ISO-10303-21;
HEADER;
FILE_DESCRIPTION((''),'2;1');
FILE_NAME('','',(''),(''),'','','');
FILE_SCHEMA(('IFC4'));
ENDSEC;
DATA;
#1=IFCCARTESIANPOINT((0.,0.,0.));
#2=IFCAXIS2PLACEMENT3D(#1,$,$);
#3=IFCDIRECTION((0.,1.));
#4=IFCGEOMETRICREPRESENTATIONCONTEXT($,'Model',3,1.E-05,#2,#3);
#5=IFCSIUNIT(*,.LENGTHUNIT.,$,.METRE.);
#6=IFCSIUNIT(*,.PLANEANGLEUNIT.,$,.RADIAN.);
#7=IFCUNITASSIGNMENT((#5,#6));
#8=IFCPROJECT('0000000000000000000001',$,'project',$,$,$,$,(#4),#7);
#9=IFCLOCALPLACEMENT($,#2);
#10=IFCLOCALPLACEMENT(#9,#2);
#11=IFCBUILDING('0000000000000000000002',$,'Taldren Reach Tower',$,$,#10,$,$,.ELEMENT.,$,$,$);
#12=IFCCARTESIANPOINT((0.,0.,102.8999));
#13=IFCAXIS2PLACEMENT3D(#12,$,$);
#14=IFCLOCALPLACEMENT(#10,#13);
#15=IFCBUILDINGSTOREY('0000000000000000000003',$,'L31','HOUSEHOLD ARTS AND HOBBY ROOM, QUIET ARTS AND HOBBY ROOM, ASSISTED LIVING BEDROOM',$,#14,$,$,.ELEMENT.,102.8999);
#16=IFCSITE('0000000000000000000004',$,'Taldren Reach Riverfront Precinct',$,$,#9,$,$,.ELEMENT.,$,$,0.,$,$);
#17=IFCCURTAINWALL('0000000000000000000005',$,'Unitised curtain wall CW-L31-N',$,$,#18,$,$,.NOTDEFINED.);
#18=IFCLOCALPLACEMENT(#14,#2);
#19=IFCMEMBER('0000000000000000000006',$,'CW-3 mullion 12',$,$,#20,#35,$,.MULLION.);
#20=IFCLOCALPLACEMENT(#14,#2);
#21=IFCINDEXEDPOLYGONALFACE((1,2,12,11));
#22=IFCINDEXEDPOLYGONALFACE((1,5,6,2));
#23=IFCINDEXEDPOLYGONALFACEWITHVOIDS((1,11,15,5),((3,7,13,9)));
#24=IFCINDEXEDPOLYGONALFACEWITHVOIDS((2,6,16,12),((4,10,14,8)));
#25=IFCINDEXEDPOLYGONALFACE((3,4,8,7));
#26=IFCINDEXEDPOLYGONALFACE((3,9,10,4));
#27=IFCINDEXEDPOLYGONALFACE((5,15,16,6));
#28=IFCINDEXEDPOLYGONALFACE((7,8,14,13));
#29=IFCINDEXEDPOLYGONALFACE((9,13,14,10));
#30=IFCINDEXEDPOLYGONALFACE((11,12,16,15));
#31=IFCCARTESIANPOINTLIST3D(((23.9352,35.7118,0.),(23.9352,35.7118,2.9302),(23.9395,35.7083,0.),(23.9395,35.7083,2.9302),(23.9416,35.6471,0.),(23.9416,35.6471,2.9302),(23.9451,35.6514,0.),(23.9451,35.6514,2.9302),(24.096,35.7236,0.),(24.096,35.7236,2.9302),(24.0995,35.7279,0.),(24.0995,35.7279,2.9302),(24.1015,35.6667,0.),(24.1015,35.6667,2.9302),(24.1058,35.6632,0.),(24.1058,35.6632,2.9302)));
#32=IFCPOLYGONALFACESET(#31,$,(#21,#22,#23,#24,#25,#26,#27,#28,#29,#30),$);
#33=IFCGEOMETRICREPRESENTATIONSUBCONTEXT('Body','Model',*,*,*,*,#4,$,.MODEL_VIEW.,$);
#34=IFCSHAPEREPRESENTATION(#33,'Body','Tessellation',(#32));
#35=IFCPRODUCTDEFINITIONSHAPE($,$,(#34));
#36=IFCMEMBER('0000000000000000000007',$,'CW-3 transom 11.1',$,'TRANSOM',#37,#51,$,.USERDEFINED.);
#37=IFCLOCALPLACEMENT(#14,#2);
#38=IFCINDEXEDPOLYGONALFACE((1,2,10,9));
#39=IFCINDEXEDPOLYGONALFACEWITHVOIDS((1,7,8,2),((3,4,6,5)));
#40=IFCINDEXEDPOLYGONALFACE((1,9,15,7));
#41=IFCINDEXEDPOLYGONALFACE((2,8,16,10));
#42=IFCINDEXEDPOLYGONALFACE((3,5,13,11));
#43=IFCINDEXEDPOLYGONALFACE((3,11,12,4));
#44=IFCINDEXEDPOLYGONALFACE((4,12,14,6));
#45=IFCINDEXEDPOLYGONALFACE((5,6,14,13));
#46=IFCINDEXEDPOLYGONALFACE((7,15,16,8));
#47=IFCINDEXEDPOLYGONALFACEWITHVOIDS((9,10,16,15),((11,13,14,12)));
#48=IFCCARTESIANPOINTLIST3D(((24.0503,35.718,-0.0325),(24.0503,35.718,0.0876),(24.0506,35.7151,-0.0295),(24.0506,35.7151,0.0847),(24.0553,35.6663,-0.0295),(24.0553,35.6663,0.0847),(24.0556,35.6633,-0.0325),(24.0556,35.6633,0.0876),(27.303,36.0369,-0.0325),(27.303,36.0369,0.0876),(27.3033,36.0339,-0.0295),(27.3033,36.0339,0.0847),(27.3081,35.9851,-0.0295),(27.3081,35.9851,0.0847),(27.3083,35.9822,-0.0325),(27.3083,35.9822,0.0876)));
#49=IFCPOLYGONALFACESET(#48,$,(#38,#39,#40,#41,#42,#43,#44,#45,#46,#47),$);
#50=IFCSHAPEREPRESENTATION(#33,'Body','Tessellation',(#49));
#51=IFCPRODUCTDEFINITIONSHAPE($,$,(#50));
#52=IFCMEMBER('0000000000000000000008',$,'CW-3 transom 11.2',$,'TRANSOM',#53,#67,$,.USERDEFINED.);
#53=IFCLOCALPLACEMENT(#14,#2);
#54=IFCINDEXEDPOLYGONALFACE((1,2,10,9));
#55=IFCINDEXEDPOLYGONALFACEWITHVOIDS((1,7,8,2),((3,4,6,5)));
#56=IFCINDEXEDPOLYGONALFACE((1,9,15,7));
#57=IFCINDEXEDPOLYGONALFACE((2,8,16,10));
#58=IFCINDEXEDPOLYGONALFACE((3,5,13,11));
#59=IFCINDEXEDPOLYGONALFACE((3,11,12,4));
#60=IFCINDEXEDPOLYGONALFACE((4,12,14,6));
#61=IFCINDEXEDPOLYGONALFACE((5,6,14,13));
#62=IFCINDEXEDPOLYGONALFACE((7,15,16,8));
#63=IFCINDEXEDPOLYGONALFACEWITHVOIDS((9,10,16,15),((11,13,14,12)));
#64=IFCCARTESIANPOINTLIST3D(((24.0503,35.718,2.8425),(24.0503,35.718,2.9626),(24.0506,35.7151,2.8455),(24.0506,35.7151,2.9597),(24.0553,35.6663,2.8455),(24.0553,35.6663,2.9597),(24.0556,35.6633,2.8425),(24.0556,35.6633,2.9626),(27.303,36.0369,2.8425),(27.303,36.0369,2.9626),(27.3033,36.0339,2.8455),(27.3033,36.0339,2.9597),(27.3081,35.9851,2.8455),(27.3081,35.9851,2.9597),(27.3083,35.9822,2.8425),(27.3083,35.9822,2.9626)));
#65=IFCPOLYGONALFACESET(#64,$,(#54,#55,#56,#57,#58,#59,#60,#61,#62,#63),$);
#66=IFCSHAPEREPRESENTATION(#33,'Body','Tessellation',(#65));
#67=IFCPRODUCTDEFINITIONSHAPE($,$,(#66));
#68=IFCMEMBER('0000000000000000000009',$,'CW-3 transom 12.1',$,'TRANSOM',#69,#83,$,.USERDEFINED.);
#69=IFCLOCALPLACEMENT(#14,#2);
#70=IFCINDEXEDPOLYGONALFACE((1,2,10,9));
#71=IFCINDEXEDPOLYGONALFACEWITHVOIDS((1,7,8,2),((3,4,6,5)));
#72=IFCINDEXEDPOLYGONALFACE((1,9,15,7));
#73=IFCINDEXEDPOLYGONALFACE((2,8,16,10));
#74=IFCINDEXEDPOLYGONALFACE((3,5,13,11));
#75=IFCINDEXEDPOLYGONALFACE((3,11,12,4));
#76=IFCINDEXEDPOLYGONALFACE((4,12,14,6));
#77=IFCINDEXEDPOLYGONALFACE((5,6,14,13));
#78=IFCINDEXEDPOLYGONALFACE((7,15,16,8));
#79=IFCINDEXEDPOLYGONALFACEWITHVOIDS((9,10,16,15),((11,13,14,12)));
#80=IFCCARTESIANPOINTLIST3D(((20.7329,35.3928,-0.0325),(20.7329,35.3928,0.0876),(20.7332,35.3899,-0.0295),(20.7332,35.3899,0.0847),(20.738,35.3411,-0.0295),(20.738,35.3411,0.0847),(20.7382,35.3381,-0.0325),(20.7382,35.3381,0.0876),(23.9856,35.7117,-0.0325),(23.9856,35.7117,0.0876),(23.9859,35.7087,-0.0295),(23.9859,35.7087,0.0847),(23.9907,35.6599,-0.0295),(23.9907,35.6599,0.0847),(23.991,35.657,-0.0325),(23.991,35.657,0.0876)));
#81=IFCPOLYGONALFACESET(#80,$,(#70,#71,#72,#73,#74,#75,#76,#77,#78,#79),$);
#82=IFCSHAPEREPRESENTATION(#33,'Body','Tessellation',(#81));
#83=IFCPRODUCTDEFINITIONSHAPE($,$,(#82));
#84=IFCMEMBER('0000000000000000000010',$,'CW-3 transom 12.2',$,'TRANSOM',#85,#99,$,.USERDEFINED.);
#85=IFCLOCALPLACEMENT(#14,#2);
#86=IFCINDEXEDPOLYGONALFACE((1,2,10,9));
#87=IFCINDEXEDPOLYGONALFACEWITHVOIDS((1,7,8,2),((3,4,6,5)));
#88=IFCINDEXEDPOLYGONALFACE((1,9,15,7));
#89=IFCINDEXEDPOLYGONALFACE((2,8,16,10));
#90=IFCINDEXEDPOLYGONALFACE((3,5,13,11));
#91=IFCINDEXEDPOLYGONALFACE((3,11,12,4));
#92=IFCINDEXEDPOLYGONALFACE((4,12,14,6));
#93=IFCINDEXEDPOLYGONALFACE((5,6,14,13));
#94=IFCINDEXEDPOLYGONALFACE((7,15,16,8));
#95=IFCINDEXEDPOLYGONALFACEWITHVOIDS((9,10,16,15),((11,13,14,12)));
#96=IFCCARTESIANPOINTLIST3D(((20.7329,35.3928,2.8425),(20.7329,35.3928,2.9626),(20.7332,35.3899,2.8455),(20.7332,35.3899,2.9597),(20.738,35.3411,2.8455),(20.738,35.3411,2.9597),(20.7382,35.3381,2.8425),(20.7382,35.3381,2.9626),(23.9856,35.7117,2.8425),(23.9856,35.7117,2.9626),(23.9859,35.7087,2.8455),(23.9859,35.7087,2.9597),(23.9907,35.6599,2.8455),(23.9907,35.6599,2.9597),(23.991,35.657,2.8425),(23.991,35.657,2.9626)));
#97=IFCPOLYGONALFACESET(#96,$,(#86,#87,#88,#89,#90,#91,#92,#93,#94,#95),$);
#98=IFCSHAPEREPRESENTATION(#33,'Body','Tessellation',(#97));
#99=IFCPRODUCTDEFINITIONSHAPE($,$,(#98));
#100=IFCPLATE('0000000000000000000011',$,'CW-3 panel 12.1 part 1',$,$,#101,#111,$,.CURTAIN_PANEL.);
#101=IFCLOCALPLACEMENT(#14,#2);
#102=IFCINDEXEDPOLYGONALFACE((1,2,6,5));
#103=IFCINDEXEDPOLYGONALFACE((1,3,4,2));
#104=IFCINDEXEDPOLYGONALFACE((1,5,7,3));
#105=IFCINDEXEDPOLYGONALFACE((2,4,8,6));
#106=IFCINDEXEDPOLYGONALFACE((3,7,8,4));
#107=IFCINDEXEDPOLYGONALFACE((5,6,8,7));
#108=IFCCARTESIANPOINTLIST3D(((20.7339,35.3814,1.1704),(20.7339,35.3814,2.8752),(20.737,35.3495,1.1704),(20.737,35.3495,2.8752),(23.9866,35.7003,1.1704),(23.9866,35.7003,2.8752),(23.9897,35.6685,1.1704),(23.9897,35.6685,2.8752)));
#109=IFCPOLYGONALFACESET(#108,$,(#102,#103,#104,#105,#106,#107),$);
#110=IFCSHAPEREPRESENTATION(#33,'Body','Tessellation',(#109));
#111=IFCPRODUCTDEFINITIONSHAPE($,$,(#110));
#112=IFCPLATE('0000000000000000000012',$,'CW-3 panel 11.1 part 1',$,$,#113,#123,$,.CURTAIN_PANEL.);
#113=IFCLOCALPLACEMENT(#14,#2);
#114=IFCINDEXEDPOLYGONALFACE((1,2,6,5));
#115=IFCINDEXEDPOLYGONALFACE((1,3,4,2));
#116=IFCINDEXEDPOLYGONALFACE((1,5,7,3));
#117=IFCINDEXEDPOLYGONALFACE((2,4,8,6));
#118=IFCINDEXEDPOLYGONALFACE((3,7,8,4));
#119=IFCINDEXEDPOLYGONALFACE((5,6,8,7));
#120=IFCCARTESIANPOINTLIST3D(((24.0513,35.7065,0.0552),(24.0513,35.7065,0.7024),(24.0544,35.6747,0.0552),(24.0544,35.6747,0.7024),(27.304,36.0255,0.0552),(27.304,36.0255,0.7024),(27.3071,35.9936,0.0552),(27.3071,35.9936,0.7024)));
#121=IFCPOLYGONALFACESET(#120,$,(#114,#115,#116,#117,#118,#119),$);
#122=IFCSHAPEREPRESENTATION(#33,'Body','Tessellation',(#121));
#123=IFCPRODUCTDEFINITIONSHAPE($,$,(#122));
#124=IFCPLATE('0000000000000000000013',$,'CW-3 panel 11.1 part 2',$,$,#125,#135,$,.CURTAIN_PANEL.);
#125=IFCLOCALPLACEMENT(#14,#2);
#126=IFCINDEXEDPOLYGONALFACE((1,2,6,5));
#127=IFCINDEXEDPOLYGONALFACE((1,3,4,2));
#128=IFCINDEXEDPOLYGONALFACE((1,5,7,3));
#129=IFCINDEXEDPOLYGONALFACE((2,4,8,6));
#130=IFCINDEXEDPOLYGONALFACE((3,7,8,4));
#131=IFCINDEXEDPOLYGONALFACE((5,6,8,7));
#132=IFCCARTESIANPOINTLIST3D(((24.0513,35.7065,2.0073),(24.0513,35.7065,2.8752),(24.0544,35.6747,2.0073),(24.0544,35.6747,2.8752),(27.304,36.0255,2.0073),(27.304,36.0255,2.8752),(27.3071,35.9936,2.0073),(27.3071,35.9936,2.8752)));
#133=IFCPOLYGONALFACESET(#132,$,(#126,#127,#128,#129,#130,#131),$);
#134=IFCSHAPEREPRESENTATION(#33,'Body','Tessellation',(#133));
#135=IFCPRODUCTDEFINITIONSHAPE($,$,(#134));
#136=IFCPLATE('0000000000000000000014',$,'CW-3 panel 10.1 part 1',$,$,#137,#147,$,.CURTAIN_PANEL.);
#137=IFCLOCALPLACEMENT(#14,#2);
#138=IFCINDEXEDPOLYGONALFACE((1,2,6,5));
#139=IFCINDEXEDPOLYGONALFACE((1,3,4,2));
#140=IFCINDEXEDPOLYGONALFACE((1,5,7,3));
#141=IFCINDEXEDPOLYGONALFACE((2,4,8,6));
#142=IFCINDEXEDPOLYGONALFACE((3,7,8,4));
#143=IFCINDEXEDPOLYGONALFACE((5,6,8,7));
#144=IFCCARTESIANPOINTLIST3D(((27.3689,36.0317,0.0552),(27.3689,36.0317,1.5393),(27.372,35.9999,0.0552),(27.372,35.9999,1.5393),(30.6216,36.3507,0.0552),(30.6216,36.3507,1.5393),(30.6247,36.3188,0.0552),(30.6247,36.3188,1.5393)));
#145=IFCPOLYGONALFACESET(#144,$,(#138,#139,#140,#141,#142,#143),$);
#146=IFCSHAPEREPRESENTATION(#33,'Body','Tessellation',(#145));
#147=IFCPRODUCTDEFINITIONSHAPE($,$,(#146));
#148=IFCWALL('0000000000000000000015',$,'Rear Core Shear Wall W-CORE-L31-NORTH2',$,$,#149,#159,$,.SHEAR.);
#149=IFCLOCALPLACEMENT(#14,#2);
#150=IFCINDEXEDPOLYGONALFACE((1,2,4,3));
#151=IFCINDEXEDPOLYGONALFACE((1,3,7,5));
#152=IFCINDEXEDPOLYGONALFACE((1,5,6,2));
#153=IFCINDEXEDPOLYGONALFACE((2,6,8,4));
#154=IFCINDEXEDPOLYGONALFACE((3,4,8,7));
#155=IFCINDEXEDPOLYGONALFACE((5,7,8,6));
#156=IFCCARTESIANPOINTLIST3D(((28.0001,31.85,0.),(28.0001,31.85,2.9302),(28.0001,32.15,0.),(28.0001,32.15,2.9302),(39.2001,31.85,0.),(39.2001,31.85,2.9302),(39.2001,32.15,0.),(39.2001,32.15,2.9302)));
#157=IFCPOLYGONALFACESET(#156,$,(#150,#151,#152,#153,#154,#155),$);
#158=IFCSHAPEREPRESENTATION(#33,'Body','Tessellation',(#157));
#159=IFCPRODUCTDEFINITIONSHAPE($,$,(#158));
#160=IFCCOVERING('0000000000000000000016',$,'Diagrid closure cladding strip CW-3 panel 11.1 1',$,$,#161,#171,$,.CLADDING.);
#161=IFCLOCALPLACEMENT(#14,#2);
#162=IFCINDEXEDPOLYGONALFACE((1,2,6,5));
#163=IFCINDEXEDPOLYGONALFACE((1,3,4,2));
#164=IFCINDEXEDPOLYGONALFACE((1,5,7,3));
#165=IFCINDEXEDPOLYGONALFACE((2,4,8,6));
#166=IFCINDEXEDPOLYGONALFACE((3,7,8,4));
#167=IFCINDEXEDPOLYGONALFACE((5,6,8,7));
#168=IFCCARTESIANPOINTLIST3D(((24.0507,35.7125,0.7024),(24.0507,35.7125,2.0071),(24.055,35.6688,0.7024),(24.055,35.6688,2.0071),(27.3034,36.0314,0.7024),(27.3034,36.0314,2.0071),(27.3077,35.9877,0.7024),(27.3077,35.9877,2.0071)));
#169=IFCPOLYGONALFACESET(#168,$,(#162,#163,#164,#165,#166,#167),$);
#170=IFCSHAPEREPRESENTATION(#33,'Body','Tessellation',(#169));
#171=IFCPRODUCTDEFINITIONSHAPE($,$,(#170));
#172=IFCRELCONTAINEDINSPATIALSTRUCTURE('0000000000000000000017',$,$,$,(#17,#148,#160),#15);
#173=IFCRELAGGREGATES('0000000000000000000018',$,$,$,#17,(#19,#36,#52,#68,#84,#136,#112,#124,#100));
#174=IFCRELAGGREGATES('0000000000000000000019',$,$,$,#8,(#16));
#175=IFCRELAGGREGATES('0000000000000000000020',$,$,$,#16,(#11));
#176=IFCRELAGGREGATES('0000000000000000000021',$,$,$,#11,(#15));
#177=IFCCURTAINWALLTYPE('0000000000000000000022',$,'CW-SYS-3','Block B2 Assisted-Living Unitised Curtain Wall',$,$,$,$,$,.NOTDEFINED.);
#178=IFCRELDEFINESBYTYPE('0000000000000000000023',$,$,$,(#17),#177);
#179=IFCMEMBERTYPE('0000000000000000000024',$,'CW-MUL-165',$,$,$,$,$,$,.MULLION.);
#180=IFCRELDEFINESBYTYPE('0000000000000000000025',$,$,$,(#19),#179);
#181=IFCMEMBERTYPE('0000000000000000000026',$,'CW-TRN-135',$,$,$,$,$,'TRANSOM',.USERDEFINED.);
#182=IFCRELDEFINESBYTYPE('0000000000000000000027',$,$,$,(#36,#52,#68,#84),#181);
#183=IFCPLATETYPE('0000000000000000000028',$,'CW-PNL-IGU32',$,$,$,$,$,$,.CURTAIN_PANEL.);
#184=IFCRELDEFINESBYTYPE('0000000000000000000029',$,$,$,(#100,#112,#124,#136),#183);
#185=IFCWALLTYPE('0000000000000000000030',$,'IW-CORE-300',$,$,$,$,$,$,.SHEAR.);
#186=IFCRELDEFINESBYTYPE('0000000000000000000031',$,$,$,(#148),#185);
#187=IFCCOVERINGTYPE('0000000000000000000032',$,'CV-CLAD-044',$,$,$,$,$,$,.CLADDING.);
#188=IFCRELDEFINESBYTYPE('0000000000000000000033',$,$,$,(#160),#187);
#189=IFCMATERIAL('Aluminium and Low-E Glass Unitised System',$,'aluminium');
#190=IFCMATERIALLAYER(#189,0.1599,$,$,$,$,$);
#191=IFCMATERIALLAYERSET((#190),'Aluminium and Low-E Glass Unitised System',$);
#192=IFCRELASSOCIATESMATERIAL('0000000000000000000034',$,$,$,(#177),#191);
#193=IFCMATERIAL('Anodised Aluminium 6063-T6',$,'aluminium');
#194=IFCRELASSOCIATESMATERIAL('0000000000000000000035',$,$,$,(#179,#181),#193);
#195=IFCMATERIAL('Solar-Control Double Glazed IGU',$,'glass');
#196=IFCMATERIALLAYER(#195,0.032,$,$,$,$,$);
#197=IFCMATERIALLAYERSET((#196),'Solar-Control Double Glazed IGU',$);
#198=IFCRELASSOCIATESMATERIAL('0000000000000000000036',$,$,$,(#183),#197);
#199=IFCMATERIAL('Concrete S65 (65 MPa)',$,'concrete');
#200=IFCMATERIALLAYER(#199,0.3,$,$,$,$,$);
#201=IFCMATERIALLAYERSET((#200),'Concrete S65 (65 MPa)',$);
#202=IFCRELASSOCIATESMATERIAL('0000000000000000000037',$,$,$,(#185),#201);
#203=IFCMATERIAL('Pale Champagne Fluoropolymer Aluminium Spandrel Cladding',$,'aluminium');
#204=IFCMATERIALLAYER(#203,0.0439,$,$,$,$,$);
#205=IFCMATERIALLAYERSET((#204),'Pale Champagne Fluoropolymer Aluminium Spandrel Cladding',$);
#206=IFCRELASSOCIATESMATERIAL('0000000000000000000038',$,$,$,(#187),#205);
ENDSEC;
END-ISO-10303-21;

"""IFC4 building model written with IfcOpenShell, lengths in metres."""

from ifc_helpers import new_model, si_unit, direction, frame, frame_2d, origin, origin_2d, place, context, subcontext, project, spatial, rectangle, hollow_rectangle, extrude, source, transform, mapped, material, layer, layer_set, material_profile, profile_set, type_object, element, aggregate, save


model = new_model("IFC4")

# Units and contexts
model_context = context("Model", 3, precision=1e-05, world=origin(), true_north=direction((0.0, 1.0)))
body_context = subcontext(model_context, "Body", "Model", "MODEL_VIEW")
ifc_project = project(units=[si_unit("LENGTHUNIT", "METRE"), si_unit("PLANEANGLEUNIT", "RADIAN")], contexts=[model_context])

# Site, building, storey
site_placement = place(None, origin())
site = spatial("IfcSite", under=ifc_project, at=site_placement, Name="Taldren Reach Riverfront Precinct", CompositionType="ELEMENT", RefElevation=0.0)
building_placement = place(site_placement, origin())
building = spatial("IfcBuilding", under=site, at=building_placement, Name="Taldren Reach Tower", CompositionType="ELEMENT")
storey_placement = place(building_placement, frame((0.0, 0.0, 102.8999)))
storey = spatial("IfcBuildingStorey", under=building, at=storey_placement, Name="L31", Description="HOUSEHOLD ARTS AND HOBBY ROOM, QUIET ARTS AND HOBBY ROOM, ASSISTED LIVING BEDROOM", CompositionType="ELEMENT", Elevation=102.8999)

# Curtain wall, members, plates
ifc_material_1 = material(Name="Aluminium and Low-E Glass Unitised System", Category="aluminium")
ifc_layer_1 = layer(ifc_material_1, 0.1599)
ifc_layer_set_1 = layer_set([ifc_layer_1], Name="Aluminium and Low-E Glass Unitised System")
curtain_wall_type = type_object("IfcCurtainWallType", Name="CW-SYS-3", Description="Block B2 Assisted-Living Unitised Curtain Wall", PredefinedType="NOTDEFINED", material=ifc_layer_set_1)
curtain_wall_placement = place(storey_placement, origin())
curtain_wall = element("IfcCurtainWall", 1, at=curtain_wall_placement, inside=storey, type_object=curtain_wall_type, Name="Unitised curtain wall CW-L31-N", PredefinedType="NOTDEFINED")
ifc_material_2 = material(Name="Anodised Aluminium 6063-T6", Category="aluminium")
ifc_material_profile_1 = material_profile(ifc_material_2, hollow_rectangle(XDim=0.0649, YDim=0.165, WallThickness=0.0039, at=origin_2d()), Name="ALU-165x65x4RHS")
ifc_profile_set_1 = profile_set([ifc_material_profile_1], Name="Anodised Aluminium 6063-T6")
member_type_1 = type_object("IfcMemberType", Name="CW-MUL-165", PredefinedType="MULLION", material=ifc_profile_set_1)
shared_shape_1 = source(origin(), body_context, "Body", "SweptSolid", [
    extrude(hollow_rectangle(XDim=0.0649, YDim=0.165, WallThickness=0.0039, at=origin_2d()), origin(), (0.0, 0.0, 1.0), 2.9302),
])
member_1_placement = place(storey_placement, frame((24.0205, 35.6875, 0.0), z_axis=(0.0, 0.0, 1.0), x_axis=(0.097583, -0.995227, 0.0)))
member_1 = element("IfcMember", 2, at=member_1_placement, type_object=member_type_1, Name="CW-3 mullion 12", PredefinedType="MULLION", context=body_context, shape_type="MappedRepresentation", body=[
    mapped(shared_shape_1, transform((0.0, 0.0, 0.0), scale=1.0)),
])
ifc_material_profile_2 = material_profile(ifc_material_2, hollow_rectangle(XDim=0.0549, YDim=0.1201, WallThickness=0.0029, at=origin_2d()), Name="ALU-120x55x3RHS")
ifc_profile_set_2 = profile_set([ifc_material_profile_2], Name="Anodised Aluminium 6063-T6")
member_type_2 = type_object("IfcMemberType", Name="CW-TRN-135", ElementType="TRANSOM", PredefinedType="USERDEFINED", material=ifc_profile_set_2)
shared_shape_2 = source(origin(), body_context, "Body", "SweptSolid", [
    extrude(hollow_rectangle(XDim=0.0549, YDim=0.1201, WallThickness=0.0029, at=origin_2d()), origin(), (0.0, 0.0, 1.0), 3.2683),
])
member_2_placement = place(storey_placement, frame((27.3057, 36.0095, 0.0276), z_axis=(-0.99523, -0.097558, 0.0), x_axis=(0.097558, -0.99523, 0.0)))
member_2 = element("IfcMember", 3, at=member_2_placement, type_object=member_type_2, Name="CW-3 transom 11.1", ObjectType="TRANSOM", PredefinedType="USERDEFINED", context=body_context, shape_type="MappedRepresentation", body=[
    mapped(shared_shape_2, transform((0.0, 0.0, 0.0), scale=1.0)),
])
member_3_placement = place(storey_placement, frame((27.3057, 36.0095, 2.9026), z_axis=(-0.99523, -0.097558, 0.0), x_axis=(0.097558, -0.99523, 0.0)))
member_3 = element("IfcMember", 4, at=member_3_placement, type_object=member_type_2, Name="CW-3 transom 11.2", ObjectType="TRANSOM", PredefinedType="USERDEFINED", context=body_context, shape_type="MappedRepresentation", body=[
    mapped(shared_shape_2, transform((0.0, 0.0, 0.0), scale=1.0)),
])
member_4_placement = place(storey_placement, frame((23.9883, 35.6843, 0.0276), z_axis=(-0.99523, -0.097558, 0.0), x_axis=(0.097558, -0.99523, 0.0)))
member_4 = element("IfcMember", 5, at=member_4_placement, type_object=member_type_2, Name="CW-3 transom 12.1", ObjectType="TRANSOM", PredefinedType="USERDEFINED", context=body_context, shape_type="MappedRepresentation", body=[
    mapped(shared_shape_2, transform((0.0, 0.0, 0.0), scale=1.0)),
])
member_5_placement = place(storey_placement, frame((23.9883, 35.6843, 2.9026), z_axis=(-0.99523, -0.097558, 0.0), x_axis=(0.097558, -0.99523, 0.0)))
member_5 = element("IfcMember", 6, at=member_5_placement, type_object=member_type_2, Name="CW-3 transom 12.2", ObjectType="TRANSOM", PredefinedType="USERDEFINED", context=body_context, shape_type="MappedRepresentation", body=[
    mapped(shared_shape_2, transform((0.0, 0.0, 0.0), scale=1.0)),
])
ifc_material_3 = material(Name="Solar-Control Double Glazed IGU", Category="glass")
ifc_layer_2 = layer(ifc_material_3, 0.032)
ifc_layer_set_2 = layer_set([ifc_layer_2], Name="Solar-Control Double Glazed IGU")
plate_type = type_object("IfcPlateType", Name="CW-PNL-IGU32", PredefinedType="CURTAIN_PANEL", material=ifc_layer_set_2)
shared_shape_3 = source(origin(), body_context, "Body", "SweptSolid", [
    extrude(rectangle(XDim=3.2683, YDim=0.032, at=origin_2d()), origin(), (0.0, 0.0, 1.0), 1.7048),
])
plate_1_placement = place(storey_placement, frame((22.3618, 35.5249, 1.1704), z_axis=(0.0, 0.0, 1.0), x_axis=(-0.995227, -0.097583, 0.0)))
plate_1 = element("IfcPlate", 7, at=plate_1_placement, type_object=plate_type, Name="CW-3 panel 12.1 part 1", PredefinedType="CURTAIN_PANEL", context=body_context, shape_type="MappedRepresentation", body=[
    mapped(shared_shape_3, transform((0.0, 0.0, 0.0), scale=1.0)),
])
shared_shape_4 = source(origin(), body_context, "Body", "SweptSolid", [
    extrude(rectangle(XDim=3.2683, YDim=0.032, at=origin_2d()), origin(), (0.0, 0.0, 1.0), 0.6472),
])
plate_2_placement = place(storey_placement, frame((25.6792, 35.8501, 0.0552), z_axis=(0.0, 0.0, 1.0), x_axis=(-0.995227, -0.097583, 0.0)))
plate_2 = element("IfcPlate", 8, at=plate_2_placement, type_object=plate_type, Name="CW-3 panel 11.1 part 1", PredefinedType="CURTAIN_PANEL", context=body_context, shape_type="MappedRepresentation", body=[
    mapped(shared_shape_4, transform((0.0, 0.0, 0.0), scale=1.0)),
])
shared_shape_5 = source(origin(), body_context, "Body", "SweptSolid", [
    extrude(rectangle(XDim=3.2683, YDim=0.032, at=origin_2d()), origin(), (0.0, 0.0, 1.0), 0.8679),
])
plate_3_placement = place(storey_placement, frame((25.6792, 35.8501, 2.0073), z_axis=(0.0, 0.0, 1.0), x_axis=(-0.995227, -0.097583, 0.0)))
plate_3 = element("IfcPlate", 9, at=plate_3_placement, type_object=plate_type, Name="CW-3 panel 11.1 part 2", PredefinedType="CURTAIN_PANEL", context=body_context, shape_type="MappedRepresentation", body=[
    mapped(shared_shape_5, transform((0.0, 0.0, 0.0), scale=1.0)),
])
shared_shape_6 = source(origin(), body_context, "Body", "SweptSolid", [
    extrude(rectangle(XDim=3.2683, YDim=0.032, at=origin_2d()), origin(), (0.0, 0.0, 1.0), 1.4841),
])
plate_4_placement = place(storey_placement, frame((28.9968, 36.1753, 0.0552), z_axis=(0.0, 0.0, 1.0), x_axis=(-0.995227, -0.097583, 0.0)))
plate_4 = element("IfcPlate", 10, at=plate_4_placement, type_object=plate_type, Name="CW-3 panel 10.1 part 1", PredefinedType="CURTAIN_PANEL", context=body_context, shape_type="MappedRepresentation", body=[
    mapped(shared_shape_6, transform((0.0, 0.0, 0.0), scale=1.0)),
])
aggregate(curtain_wall, [member_1, member_2, member_3, member_4, member_5, plate_4, plate_2, plate_3, plate_1])

# Wall
ifc_material_4 = material(Name="Concrete S65 (65 MPa)", Category="concrete")
ifc_layer_3 = layer(ifc_material_4, 0.3)
ifc_layer_set_3 = layer_set([ifc_layer_3], Name="Concrete S65 (65 MPa)")
wall_type = type_object("IfcWallType", Name="IW-CORE-300", PredefinedType="SHEAR", material=ifc_layer_set_3)
shared_shape_7 = source(origin(), body_context, "Body", "SweptSolid", [
    extrude(rectangle(XDim=11.2, YDim=0.3, at=frame_2d((5.6001, 0.0))), origin(), (0.0, 0.0, 1.0), 2.9302),
])
wall_placement = place(storey_placement, frame((28.0, 32.0, 0.0), z_axis=(0.0, 0.0, 1.0), x_axis=(1.0, 0.0, 0.0)))
element("IfcWall", 11, at=wall_placement, inside=storey, type_object=wall_type, Name="Rear Core Shear Wall W-CORE-L31-NORTH2", PredefinedType="SHEAR", context=body_context, shape_type="MappedRepresentation", body=[
    mapped(shared_shape_7, transform((0.0, 0.0, 0.0), scale=1.0)),
])

# Covering
ifc_material_5 = material(Name="Pale Champagne Fluoropolymer Aluminium Spandrel Cladding", Category="aluminium")
ifc_layer_4 = layer(ifc_material_5, 0.0439)
ifc_layer_set_4 = layer_set([ifc_layer_4], Name="Pale Champagne Fluoropolymer Aluminium Spandrel Cladding")
covering_type = type_object("IfcCoveringType", Name="CV-CLAD-044", PredefinedType="CLADDING", material=ifc_layer_set_4)
shared_shape_8 = source(origin(), body_context, "Body", "SweptSolid", [
    extrude(rectangle(XDim=3.2683, YDim=0.0439, at=origin_2d()), origin(), (0.0, 0.0, 1.0), 1.3047),
])
covering_1_placement = place(storey_placement, frame((25.6792, 35.8501, 0.7024), z_axis=(0.0, 0.0, 1.0), x_axis=(-0.995227, -0.097583, 0.0)))
element("IfcCovering", 12, at=covering_1_placement, inside=storey, type_object=covering_type, Name="Diagrid closure cladding strip CW-3 panel 11.1 1", PredefinedType="CLADDING", context=body_context, shape_type="MappedRepresentation", body=[
    mapped(shared_shape_8, transform((0.0, 0.0, 0.0), scale=1.0)),
])

save(model, "model.ifc")
